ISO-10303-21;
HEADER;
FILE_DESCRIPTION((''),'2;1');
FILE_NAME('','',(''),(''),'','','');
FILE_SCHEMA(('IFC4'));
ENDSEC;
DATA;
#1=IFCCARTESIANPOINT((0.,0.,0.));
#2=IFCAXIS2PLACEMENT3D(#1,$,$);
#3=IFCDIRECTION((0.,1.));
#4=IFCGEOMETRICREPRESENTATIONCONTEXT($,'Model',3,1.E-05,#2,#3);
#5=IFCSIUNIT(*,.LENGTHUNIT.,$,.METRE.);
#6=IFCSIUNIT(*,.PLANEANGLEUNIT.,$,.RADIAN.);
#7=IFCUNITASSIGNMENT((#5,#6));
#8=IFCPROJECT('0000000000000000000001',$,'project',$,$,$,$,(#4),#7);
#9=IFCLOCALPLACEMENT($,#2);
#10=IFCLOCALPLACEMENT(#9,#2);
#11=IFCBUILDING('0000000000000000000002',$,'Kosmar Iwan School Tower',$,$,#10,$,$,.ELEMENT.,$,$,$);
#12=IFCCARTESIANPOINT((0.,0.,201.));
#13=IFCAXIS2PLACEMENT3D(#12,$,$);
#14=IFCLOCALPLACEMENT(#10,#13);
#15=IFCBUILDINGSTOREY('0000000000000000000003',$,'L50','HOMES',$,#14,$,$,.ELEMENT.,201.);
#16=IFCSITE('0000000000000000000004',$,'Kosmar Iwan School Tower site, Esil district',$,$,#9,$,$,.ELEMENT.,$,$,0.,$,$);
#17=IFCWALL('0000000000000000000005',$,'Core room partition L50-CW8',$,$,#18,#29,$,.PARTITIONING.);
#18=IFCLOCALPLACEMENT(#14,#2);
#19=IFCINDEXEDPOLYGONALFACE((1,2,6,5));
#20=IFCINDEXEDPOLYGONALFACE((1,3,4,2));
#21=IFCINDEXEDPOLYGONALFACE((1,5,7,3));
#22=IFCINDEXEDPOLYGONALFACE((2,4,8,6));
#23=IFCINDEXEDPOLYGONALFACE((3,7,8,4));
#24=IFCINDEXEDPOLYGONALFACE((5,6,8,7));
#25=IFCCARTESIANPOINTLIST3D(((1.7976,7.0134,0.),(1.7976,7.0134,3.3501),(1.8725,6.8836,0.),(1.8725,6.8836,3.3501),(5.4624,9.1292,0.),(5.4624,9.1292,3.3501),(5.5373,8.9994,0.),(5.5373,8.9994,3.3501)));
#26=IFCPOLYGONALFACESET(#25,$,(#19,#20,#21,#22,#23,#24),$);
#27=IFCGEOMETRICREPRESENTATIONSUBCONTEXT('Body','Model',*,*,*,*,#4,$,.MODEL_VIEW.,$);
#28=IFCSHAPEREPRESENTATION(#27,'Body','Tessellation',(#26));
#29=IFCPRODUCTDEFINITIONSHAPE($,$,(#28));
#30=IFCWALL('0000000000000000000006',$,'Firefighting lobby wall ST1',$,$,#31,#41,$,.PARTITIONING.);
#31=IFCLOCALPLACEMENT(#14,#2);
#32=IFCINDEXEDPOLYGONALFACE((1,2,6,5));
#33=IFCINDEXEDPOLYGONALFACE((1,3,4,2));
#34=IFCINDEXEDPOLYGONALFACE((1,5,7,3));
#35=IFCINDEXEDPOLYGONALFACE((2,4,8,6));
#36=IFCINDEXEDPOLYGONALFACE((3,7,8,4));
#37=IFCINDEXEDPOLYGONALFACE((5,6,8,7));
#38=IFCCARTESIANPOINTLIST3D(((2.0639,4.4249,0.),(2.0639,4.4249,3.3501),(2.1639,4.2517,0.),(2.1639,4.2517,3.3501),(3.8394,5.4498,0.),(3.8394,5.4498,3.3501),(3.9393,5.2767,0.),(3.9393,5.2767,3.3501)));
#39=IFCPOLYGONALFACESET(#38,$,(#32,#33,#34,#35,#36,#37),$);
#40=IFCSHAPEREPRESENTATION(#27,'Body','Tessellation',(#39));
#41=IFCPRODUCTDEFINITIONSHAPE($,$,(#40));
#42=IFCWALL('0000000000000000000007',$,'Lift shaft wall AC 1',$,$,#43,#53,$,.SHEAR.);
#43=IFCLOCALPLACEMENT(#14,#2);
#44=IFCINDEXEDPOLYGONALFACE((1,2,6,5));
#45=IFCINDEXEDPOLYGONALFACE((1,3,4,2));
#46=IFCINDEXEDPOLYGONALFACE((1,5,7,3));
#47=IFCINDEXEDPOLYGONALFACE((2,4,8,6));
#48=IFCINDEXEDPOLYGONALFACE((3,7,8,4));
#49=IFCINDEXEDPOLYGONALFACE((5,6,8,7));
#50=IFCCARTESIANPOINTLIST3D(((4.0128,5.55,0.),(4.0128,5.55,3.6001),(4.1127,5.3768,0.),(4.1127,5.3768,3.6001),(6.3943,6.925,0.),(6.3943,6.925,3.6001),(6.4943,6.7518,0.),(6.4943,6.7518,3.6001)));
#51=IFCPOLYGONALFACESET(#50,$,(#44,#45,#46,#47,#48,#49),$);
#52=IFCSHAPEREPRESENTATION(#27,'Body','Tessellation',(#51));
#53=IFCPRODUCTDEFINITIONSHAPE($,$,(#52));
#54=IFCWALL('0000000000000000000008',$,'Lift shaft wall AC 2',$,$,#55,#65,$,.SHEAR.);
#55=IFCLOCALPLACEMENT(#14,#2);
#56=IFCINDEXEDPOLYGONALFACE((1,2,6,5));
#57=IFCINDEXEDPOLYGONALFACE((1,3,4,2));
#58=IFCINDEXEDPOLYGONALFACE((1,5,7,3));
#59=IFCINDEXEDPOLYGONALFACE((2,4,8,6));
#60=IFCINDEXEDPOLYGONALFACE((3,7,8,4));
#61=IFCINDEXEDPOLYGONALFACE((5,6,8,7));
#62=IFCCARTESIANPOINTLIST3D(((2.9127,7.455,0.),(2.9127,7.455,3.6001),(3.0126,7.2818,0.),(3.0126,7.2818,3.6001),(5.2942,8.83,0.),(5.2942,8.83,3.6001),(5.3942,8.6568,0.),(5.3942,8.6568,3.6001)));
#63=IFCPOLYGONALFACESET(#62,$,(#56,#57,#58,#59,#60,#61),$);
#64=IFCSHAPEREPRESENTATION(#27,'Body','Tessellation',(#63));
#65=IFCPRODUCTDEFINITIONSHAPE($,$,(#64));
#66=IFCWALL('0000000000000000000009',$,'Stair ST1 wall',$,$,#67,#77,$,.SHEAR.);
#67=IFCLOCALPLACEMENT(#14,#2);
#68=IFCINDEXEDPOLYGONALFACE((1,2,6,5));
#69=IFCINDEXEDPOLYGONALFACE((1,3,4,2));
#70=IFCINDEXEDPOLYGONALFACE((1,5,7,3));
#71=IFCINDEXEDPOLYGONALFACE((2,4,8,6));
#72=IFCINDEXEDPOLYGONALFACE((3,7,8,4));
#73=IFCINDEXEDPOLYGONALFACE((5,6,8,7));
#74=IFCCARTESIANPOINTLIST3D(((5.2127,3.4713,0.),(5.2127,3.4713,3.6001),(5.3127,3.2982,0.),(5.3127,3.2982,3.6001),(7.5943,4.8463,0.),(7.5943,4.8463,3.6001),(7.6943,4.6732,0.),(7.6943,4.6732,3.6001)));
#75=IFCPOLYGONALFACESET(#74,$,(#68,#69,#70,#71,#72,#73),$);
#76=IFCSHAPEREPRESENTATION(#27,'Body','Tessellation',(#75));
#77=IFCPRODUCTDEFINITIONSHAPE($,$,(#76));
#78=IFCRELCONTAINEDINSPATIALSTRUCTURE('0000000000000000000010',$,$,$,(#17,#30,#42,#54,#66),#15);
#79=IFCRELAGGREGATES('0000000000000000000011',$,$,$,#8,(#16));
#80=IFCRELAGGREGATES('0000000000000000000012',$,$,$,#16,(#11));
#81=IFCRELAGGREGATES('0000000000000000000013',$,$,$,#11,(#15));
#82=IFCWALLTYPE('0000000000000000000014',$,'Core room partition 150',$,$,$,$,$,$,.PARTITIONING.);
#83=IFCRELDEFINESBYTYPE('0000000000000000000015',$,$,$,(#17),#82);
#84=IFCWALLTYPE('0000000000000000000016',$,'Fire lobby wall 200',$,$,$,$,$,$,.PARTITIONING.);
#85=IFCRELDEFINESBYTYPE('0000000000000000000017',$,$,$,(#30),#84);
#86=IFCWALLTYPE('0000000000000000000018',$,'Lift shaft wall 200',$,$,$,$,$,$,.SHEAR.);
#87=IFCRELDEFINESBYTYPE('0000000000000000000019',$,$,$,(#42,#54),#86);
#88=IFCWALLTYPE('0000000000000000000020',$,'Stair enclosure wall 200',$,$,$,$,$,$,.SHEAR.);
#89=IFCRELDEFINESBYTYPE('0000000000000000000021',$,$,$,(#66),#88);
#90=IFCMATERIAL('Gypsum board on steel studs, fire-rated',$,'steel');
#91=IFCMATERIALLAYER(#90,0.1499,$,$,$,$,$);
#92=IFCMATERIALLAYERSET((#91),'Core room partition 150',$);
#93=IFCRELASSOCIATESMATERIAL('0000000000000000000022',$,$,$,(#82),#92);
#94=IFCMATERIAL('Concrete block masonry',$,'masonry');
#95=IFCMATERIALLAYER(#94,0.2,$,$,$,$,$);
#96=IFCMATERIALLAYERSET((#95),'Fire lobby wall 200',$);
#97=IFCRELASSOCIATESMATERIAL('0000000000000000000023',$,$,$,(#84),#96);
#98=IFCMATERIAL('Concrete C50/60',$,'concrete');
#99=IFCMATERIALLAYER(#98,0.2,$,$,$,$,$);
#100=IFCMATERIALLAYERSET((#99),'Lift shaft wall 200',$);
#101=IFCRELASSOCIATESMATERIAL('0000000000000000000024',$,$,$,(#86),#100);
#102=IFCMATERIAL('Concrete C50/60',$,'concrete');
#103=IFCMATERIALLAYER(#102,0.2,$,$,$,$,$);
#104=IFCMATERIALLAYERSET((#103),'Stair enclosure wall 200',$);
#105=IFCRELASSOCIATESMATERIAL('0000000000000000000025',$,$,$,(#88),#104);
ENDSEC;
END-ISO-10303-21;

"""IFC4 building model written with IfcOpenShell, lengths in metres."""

from ifc_helpers import new_model, si_unit, direction, frame, frame_2d, origin, place, context, subcontext, project, spatial, rectangle, extrude, material, layer, layer_set, type_object, element, save


model = new_model("IFC4")

# Units and contexts
model_context = context("Model", 3, precision=1e-05, world=origin(), true_north=direction((0.0, 1.0)))
body_context = subcontext(model_context, "Body", "Model", "MODEL_VIEW")
ifc_project = project(units=[si_unit("LENGTHUNIT", "METRE"), si_unit("PLANEANGLEUNIT", "RADIAN")], contexts=[model_context])

# Site, building, storey
site_placement = place(None, origin())
site = spatial("IfcSite", under=ifc_project, at=site_placement, Name="Kosmar Iwan School Tower site, Esil district", CompositionType="ELEMENT", RefElevation=0.0)
building_placement = place(site_placement, origin())
building = spatial("IfcBuilding", under=site, at=building_placement, Name="Kosmar Iwan School Tower", CompositionType="ELEMENT")
storey_placement = place(building_placement, frame((0.0, 0.0, 201.0)))
storey = spatial("IfcBuildingStorey", under=building, at=storey_placement, Name="L50", Description="HOMES", CompositionType="ELEMENT", Elevation=201.0)

# Walls
ifc_material_1 = material(Name="Gypsum board on steel studs, fire-rated", Category="steel")
ifc_layer_1 = layer(ifc_material_1, 0.1499)
ifc_layer_set_1 = layer_set([ifc_layer_1], Name="Core room partition 150")
wall_type_1 = type_object("IfcWallType", Name="Core room partition 150", PredefinedType="PARTITIONING", material=ifc_layer_set_1)
wall_1_placement = place(storey_placement, frame((5.4998, 9.0642, 0.0), z_axis=(0.0, 0.0, 1.0), x_axis=(-0.866041, -0.499974, 0.0)))
element("IfcWall", 1, at=wall_1_placement, inside=storey, type_object=wall_type_1, Name="Core room partition L50-CW8", PredefinedType="PARTITIONING", context=body_context, shape_type="SweptSolid", body=[
    extrude(rectangle(XDim=4.2317, YDim=0.1499, at=frame_2d((2.1157, 0.0))), origin(), (0.0, 0.0, 1.0), 3.3501),
])
ifc_material_2 = material(Name="Concrete block masonry", Category="masonry")
ifc_layer_2 = layer(ifc_material_2, 0.2)
ifc_layer_set_2 = layer_set([ifc_layer_2], Name="Fire lobby wall 200")
wall_type_2 = type_object("IfcWallType", Name="Fire lobby wall 200", PredefinedType="PARTITIONING", material=ifc_layer_set_2)
wall_2_placement = place(storey_placement, frame((2.114, 4.3384, 0.0), z_axis=(0.0, 0.0, 1.0), x_axis=(0.866051, 0.499956, 0.0)))
element("IfcWall", 2, at=wall_2_placement, inside=storey, type_object=wall_type_2, Name="Firefighting lobby wall ST1", PredefinedType="PARTITIONING", context=body_context, shape_type="SweptSolid", body=[
    extrude(rectangle(XDim=2.05, YDim=0.2, at=frame_2d((1.0249, 0.0))), origin(), (0.0, 0.0, 1.0), 3.3501),
])
ifc_material_3 = material(Name="Concrete C50/60", Category="concrete")
ifc_layer_3 = layer(ifc_material_3, 0.2)
ifc_layer_set_3 = layer_set([ifc_layer_3], Name="Lift shaft wall 200")
wall_type_3 = type_object("IfcWallType", Name="Lift shaft wall 200", PredefinedType="SHEAR", material=ifc_layer_set_3)
for number, where, z_axis, x_axis, name in (
    (3, (4.0627, 5.4634, 0.0), (0.0, 0.0, 1.0), (0.866027, 0.499997, 0.0), "Lift shaft wall AC 1"),
    (4, (2.9626, 7.3684, 0.0), (0.0, 0.0, 1.0), (0.866027, 0.499997, 0.0), "Lift shaft wall AC 2"),
):
    element("IfcWall", number, at=place(storey_placement, frame(where, z_axis=z_axis, x_axis=x_axis)), inside=storey, type_object=wall_type_3, Name=name, PredefinedType="SHEAR", context=body_context, shape_type="SweptSolid", body=[
        extrude(rectangle(XDim=2.75, YDim=0.2, at=frame_2d((1.375, 0.0))), origin(), (0.0, 0.0, 1.0), 3.6001),
    ])
ifc_material_4 = material(Name="Concrete C50/60", Category="concrete")
ifc_layer_4 = layer(ifc_material_4, 0.2)
ifc_layer_set_4 = layer_set([ifc_layer_4], Name="Stair enclosure wall 200")
wall_type_4 = type_object("IfcWallType", Name="Stair enclosure wall 200", PredefinedType="SHEAR", material=ifc_layer_set_4)
wall_3_placement = place(storey_placement, frame((5.2627, 3.3848, 0.0), z_axis=(0.0, 0.0, 1.0), x_axis=(0.866027, 0.499997, 0.0)))
element("IfcWall", 5, at=wall_3_placement, inside=storey, type_object=wall_type_4, Name="Stair ST1 wall", PredefinedType="SHEAR", context=body_context, shape_type="SweptSolid", body=[
    extrude(rectangle(XDim=2.75, YDim=0.2, at=frame_2d((1.375, 0.0))), origin(), (0.0, 0.0, 1.0), 3.6001),
])

save(model, "model.ifc")
